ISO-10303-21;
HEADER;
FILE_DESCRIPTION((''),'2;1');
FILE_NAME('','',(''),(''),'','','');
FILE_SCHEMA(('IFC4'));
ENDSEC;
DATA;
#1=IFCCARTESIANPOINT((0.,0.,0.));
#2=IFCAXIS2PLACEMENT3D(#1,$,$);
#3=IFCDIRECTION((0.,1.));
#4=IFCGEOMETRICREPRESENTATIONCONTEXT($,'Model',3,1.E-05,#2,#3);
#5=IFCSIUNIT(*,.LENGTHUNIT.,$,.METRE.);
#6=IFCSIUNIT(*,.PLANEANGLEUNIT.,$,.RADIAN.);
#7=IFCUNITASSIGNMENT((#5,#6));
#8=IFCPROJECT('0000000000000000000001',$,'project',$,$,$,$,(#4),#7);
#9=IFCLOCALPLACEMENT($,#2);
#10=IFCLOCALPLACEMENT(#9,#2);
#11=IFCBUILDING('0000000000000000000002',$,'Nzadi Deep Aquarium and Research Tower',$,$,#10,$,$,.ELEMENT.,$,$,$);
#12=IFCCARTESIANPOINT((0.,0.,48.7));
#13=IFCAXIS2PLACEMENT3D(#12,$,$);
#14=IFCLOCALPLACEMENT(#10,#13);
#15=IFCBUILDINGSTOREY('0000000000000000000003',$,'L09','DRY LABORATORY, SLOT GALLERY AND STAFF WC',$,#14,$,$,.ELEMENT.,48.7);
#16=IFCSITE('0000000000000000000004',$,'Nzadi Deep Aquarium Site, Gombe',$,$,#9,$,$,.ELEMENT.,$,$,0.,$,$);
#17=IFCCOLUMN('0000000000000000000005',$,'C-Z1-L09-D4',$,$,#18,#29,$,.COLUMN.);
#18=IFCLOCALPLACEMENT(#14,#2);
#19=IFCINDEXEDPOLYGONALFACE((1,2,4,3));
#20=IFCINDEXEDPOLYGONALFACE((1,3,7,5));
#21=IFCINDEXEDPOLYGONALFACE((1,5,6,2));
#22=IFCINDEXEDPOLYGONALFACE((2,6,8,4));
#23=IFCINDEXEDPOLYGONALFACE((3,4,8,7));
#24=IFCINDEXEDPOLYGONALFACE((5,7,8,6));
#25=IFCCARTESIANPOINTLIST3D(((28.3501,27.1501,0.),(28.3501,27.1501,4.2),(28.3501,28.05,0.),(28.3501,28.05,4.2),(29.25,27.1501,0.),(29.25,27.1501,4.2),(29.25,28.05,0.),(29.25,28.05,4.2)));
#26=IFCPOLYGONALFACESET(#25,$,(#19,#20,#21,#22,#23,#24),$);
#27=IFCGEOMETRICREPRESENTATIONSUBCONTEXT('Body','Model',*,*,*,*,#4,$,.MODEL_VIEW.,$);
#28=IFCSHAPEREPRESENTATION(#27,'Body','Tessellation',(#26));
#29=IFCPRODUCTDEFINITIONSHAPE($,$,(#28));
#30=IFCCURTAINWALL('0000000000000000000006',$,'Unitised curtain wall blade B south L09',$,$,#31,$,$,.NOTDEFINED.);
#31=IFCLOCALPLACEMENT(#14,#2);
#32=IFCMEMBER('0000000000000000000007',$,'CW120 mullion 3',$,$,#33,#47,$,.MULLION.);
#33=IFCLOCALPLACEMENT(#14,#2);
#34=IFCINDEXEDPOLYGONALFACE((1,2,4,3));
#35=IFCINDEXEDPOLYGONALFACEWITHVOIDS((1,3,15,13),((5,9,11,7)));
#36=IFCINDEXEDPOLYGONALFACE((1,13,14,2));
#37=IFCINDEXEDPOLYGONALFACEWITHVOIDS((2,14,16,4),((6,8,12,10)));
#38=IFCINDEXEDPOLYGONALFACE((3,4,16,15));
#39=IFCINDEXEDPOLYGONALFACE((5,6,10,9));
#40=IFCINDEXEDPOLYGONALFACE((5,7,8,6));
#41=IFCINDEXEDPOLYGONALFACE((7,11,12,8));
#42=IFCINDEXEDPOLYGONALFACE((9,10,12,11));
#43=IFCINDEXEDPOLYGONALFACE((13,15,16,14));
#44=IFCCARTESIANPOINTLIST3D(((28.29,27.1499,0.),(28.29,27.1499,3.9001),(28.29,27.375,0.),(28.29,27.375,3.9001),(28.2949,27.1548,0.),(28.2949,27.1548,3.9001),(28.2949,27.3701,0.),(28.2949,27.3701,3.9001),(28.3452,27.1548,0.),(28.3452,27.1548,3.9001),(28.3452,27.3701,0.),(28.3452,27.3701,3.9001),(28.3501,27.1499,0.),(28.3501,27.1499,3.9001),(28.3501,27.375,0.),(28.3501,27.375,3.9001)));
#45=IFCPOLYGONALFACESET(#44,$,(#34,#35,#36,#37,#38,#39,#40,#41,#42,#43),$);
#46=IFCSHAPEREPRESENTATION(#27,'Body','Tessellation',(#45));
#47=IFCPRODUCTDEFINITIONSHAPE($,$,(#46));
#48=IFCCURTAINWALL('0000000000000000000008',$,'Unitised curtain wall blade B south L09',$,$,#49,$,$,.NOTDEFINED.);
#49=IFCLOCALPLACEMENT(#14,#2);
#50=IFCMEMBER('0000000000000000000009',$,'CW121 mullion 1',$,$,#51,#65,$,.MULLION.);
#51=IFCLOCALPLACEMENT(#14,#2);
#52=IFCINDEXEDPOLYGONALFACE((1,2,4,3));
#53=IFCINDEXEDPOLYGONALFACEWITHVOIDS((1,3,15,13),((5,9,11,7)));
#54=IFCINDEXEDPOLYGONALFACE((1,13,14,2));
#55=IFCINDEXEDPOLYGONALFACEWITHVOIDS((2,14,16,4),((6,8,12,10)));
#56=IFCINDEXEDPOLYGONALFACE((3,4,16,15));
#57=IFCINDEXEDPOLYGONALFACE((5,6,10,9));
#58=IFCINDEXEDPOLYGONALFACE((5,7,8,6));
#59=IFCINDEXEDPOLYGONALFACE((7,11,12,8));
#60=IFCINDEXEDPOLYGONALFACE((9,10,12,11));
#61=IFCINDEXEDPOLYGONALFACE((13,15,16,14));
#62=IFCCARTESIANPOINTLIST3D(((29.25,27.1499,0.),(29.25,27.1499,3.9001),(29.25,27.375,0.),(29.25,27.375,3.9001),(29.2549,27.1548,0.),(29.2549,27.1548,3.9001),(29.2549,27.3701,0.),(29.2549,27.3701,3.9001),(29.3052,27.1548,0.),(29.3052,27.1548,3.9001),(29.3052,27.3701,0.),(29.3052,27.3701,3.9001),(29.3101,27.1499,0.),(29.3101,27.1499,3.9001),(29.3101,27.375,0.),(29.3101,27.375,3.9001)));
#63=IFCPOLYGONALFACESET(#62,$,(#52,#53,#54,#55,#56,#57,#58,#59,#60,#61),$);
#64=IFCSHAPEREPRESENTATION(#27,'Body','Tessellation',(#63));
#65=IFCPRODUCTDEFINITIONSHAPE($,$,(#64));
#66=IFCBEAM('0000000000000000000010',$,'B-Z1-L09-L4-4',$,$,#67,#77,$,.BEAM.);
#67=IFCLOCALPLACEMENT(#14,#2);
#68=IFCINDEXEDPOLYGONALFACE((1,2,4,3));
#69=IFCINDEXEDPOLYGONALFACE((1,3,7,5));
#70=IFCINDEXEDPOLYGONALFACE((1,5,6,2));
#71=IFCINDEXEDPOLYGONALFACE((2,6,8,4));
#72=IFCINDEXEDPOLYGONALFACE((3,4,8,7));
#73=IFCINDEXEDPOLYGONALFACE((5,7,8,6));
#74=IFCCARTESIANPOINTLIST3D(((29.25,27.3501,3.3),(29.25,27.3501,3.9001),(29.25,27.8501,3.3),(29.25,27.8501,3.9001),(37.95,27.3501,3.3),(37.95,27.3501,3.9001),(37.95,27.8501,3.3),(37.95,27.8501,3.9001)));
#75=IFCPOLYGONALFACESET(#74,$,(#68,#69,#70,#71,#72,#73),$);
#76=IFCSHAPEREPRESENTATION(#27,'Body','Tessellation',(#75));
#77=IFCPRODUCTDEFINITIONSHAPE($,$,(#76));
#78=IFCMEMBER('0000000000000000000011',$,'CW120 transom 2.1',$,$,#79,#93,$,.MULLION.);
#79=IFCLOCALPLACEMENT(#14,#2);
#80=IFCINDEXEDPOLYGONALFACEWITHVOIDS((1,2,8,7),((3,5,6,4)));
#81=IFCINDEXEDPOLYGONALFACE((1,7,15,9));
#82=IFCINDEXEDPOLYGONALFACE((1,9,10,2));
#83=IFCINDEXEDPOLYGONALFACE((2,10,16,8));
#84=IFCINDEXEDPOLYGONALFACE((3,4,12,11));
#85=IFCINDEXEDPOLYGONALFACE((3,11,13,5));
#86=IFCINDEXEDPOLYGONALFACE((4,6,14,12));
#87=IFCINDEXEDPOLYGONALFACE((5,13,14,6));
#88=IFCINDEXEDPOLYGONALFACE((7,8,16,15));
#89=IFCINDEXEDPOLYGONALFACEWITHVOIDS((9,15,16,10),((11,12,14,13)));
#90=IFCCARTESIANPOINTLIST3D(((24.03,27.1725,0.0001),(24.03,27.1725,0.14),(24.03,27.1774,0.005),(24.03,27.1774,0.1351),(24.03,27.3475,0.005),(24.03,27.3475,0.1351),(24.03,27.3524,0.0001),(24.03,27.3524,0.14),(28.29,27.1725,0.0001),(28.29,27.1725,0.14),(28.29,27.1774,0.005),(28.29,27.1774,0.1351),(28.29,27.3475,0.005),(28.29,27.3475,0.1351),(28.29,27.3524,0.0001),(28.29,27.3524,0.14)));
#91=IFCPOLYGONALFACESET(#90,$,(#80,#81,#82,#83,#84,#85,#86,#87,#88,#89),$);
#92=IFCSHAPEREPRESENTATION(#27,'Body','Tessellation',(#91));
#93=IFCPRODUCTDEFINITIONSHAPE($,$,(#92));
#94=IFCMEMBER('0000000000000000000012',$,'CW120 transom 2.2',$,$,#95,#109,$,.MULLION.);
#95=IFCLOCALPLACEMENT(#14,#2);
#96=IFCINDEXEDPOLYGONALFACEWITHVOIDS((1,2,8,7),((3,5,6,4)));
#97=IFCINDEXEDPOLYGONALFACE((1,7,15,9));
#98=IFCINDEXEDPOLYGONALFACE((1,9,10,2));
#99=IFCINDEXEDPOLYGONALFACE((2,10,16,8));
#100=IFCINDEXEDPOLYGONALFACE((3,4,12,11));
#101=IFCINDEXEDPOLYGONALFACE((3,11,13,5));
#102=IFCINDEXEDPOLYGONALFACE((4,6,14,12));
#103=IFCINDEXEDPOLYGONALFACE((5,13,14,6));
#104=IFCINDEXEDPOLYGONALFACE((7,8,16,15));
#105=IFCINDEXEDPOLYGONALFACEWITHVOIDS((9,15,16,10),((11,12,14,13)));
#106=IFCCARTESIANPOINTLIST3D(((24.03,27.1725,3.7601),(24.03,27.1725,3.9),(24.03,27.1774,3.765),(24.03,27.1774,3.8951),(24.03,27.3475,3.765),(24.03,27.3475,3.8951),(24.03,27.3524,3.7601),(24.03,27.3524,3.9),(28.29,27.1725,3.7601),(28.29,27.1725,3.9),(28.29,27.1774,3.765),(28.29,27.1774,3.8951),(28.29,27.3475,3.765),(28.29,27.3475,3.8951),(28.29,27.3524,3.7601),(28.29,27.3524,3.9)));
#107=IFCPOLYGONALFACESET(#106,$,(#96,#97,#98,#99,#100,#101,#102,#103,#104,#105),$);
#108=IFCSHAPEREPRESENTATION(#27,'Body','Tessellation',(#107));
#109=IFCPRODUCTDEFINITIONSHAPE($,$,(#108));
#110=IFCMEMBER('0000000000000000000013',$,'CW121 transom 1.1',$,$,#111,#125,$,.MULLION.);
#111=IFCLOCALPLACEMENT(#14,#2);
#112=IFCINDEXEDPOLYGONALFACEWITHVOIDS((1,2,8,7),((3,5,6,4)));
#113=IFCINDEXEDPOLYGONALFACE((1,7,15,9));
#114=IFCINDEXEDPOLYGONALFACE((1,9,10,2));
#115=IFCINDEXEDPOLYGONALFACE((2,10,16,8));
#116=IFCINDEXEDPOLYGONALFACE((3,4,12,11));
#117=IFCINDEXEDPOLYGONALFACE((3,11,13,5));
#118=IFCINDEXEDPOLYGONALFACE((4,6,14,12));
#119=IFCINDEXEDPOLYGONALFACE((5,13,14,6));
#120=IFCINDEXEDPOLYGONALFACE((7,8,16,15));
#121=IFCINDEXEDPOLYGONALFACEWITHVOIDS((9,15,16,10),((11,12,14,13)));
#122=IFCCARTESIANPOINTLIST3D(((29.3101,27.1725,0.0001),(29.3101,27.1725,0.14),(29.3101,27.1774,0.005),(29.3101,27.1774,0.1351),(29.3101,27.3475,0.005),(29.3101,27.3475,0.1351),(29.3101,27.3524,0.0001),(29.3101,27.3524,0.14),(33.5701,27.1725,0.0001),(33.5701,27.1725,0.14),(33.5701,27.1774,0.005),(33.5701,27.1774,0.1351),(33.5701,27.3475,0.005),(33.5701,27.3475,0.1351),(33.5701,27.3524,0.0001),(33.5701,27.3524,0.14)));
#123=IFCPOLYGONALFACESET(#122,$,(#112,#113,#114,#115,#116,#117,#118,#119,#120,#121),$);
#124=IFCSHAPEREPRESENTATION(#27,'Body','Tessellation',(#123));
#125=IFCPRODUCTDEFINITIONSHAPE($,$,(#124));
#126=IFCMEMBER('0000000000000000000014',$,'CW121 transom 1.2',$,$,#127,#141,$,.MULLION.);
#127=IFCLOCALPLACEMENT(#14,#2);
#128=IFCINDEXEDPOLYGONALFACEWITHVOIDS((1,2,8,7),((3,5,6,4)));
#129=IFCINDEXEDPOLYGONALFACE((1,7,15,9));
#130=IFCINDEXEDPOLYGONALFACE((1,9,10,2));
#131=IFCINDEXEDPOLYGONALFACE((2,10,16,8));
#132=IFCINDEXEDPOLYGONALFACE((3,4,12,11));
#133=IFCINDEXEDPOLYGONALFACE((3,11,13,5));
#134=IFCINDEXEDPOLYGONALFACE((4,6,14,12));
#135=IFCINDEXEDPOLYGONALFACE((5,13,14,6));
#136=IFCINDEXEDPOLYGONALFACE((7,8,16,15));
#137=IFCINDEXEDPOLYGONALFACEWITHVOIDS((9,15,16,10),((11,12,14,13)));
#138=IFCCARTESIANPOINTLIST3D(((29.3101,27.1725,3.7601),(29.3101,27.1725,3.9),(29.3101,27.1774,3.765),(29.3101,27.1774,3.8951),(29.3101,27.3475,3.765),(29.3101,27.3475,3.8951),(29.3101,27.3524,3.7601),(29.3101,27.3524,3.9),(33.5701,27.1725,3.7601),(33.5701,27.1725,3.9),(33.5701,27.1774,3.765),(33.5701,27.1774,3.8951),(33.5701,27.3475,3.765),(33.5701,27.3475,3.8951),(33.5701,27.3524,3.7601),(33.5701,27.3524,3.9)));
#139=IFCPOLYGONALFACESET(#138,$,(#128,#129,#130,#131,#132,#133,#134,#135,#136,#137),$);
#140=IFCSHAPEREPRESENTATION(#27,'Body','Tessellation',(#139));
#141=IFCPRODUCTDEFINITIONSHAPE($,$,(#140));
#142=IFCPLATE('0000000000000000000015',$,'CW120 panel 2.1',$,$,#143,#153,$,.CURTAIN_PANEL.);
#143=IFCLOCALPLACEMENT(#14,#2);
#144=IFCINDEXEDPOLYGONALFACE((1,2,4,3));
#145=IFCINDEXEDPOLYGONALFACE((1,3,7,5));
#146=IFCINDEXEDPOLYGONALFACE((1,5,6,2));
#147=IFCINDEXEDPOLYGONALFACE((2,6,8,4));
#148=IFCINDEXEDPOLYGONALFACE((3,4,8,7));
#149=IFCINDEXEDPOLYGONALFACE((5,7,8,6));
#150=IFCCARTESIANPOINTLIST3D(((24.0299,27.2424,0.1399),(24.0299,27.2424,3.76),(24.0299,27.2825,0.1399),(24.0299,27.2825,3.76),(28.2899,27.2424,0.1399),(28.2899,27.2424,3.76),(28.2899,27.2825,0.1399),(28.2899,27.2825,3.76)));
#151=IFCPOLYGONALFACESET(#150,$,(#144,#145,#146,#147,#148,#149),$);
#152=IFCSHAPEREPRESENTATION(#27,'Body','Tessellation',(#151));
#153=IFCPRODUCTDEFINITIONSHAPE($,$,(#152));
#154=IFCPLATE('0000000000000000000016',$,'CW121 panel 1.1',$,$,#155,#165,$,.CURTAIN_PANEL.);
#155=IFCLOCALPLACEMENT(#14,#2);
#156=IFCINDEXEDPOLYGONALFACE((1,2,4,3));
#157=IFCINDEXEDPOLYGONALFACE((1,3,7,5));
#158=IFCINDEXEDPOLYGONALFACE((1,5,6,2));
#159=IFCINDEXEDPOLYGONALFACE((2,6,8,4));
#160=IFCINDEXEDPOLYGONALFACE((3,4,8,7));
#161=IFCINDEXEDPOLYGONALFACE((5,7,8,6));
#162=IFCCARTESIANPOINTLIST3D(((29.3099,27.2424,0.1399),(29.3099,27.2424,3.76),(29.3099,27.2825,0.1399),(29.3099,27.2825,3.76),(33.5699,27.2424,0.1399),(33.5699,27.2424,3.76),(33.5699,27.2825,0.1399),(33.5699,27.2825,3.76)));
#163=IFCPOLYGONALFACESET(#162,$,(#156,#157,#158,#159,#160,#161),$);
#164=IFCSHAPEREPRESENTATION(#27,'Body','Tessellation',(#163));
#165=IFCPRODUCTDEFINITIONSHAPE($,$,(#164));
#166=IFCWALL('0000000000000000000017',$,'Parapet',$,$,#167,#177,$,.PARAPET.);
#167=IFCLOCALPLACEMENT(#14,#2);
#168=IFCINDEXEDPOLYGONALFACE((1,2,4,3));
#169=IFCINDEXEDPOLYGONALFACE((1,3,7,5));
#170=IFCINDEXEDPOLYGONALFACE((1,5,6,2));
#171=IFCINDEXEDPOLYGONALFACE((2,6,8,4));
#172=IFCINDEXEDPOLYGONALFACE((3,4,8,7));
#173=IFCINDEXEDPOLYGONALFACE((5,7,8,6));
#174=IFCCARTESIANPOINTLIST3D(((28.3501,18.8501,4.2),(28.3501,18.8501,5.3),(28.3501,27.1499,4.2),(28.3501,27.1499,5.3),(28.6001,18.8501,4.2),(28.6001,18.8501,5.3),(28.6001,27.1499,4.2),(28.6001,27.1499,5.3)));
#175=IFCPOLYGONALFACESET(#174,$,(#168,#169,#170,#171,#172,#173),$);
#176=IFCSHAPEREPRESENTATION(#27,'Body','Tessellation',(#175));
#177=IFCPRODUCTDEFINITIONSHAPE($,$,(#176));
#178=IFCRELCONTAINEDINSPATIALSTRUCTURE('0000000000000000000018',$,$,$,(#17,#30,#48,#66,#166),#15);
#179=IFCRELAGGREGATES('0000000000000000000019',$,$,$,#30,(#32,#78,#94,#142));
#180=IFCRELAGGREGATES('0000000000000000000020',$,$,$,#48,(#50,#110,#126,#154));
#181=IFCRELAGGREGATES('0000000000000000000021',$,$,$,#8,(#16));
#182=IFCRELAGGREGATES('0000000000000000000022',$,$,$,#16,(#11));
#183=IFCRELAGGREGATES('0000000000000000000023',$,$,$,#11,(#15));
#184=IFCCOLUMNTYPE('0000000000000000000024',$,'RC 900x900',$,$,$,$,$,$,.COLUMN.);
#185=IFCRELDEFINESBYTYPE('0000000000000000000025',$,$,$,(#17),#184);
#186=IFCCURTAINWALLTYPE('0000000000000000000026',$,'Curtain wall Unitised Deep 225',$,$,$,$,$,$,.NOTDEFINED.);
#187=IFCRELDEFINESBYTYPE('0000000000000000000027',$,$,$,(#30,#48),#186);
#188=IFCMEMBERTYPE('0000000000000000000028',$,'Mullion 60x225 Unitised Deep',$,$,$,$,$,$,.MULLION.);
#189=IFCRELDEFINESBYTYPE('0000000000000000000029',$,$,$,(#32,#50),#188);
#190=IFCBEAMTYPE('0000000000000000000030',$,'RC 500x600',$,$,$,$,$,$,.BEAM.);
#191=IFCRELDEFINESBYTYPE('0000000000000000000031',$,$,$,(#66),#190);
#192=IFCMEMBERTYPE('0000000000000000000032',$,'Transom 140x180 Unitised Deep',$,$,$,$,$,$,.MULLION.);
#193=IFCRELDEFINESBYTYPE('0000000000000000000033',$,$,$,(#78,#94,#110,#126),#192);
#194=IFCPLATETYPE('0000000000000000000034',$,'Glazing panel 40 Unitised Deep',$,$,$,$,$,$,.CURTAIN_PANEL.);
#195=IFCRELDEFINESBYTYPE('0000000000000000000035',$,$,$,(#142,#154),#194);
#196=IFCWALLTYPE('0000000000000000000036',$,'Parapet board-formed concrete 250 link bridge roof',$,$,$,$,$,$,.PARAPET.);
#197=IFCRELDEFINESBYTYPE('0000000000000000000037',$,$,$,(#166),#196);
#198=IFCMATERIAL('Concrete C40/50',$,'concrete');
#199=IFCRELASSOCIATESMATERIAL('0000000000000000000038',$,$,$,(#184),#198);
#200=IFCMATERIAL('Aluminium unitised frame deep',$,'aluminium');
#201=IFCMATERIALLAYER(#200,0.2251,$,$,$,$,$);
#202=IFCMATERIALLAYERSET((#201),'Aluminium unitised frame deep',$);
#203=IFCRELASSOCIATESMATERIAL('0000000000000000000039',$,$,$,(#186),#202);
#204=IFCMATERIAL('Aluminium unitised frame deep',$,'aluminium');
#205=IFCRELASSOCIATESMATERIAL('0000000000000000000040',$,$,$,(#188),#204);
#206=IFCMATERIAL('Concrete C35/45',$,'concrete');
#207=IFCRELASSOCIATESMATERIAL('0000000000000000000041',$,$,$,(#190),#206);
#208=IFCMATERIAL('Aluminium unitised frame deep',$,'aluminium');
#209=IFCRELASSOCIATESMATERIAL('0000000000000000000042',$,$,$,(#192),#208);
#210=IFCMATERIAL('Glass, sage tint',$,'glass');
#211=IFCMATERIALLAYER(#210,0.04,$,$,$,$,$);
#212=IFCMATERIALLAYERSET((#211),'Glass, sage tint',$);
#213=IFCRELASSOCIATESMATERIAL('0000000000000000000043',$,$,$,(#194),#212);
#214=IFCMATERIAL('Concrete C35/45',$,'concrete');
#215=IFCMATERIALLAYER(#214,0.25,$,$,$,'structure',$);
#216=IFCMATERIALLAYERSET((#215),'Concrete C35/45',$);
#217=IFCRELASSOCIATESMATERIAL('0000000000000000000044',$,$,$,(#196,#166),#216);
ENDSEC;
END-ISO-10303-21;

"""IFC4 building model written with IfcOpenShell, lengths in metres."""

from ifc_helpers import new_model, si_unit, direction, frame, frame_2d, origin, origin_2d, place, context, subcontext, project, spatial, rectangle, hollow_rectangle, extrude, material, layer, layer_set, layer_usage, material_profile, profile_set, type_object, element, aggregate, save


model = new_model("IFC4")

# Units and contexts
model_context = context("Model", 3, precision=1e-05, world=origin(), true_north=direction((0.0, 1.0)))
body_context = subcontext(model_context, "Body", "Model", "MODEL_VIEW")
ifc_project = project(units=[si_unit("LENGTHUNIT", "METRE"), si_unit("PLANEANGLEUNIT", "RADIAN")], contexts=[model_context])

# Site, building, storey
site_placement = place(None, origin())
site = spatial("IfcSite", under=ifc_project, at=site_placement, Name="Nzadi Deep Aquarium Site, Gombe", CompositionType="ELEMENT", RefElevation=0.0)
building_placement = place(site_placement, origin())
building = spatial("IfcBuilding", under=site, at=building_placement, Name="Nzadi Deep Aquarium and Research Tower", CompositionType="ELEMENT")
storey_placement = place(building_placement, frame((0.0, 0.0, 48.7)))
storey = spatial("IfcBuildingStorey", under=building, at=storey_placement, Name="L09", Description="DRY LABORATORY, SLOT GALLERY AND STAFF WC", CompositionType="ELEMENT", Elevation=48.7)

# Column
ifc_material_1 = material(Name="Concrete C40/50", Category="concrete")
ifc_material_profile_1 = material_profile(ifc_material_1, rectangle(XDim=0.8999, YDim=0.8999, at=origin_2d()))
ifc_profile_set_1 = profile_set([ifc_material_profile_1], Name="Concrete C40/50")
column_type = type_object("IfcColumnType", Name="RC 900x900", PredefinedType="COLUMN", material=ifc_profile_set_1)
column_placement = place(storey_placement, frame((28.8, 27.6001, 0.0), z_axis=(0.0, 0.0, 1.0), x_axis=(1.0, 0.0, 0.0)))
element("IfcColumn", 1, at=column_placement, inside=storey, type_object=column_type, Name="C-Z1-L09-D4", PredefinedType="COLUMN", context=body_context, shape_type="SweptSolid", body=[
    extrude(rectangle(XDim=0.8999, YDim=0.8999, at=origin_2d()), origin(), (0.0, 0.0, 1.0), 4.2),
])

# Curtain walls, members
ifc_material_2 = material(Name="Aluminium unitised frame deep", Category="aluminium")
ifc_layer_1 = layer(ifc_material_2, 0.2251)
ifc_layer_set_1 = layer_set([ifc_layer_1], Name="Aluminium unitised frame deep")
curtain_wall_type = type_object("IfcCurtainWallType", Name="Curtain wall Unitised Deep 225", PredefinedType="NOTDEFINED", material=ifc_layer_set_1)
curtain_wall_1_placement = place(storey_placement, origin())
curtain_wall_1 = element("IfcCurtainWall", 2, at=curtain_wall_1_placement, inside=storey, type_object=curtain_wall_type, Name="Unitised curtain wall blade B south L09", PredefinedType="NOTDEFINED")
ifc_material_3 = material(Name="Aluminium unitised frame deep", Category="aluminium")
ifc_material_profile_2 = material_profile(ifc_material_3, hollow_rectangle(XDim=0.2251, YDim=0.0601, WallThickness=0.0049, at=origin_2d()))
ifc_profile_set_2 = profile_set([ifc_material_profile_2], Name="Aluminium unitised frame deep")
member_type_1 = type_object("IfcMemberType", Name="Mullion 60x225 Unitised Deep", PredefinedType="MULLION", material=ifc_profile_set_2)
member_1_placement = place(storey_placement, frame((28.3201, 27.2625, 0.0), z_axis=(0.0, 0.0, 1.0), x_axis=(0.0, 1.0, 0.0)))
member_1 = element("IfcMember", 3, at=member_1_placement, type_object=member_type_1, Name="CW120 mullion 3", PredefinedType="MULLION", context=body_context, shape_type="SweptSolid", body=[
    extrude(hollow_rectangle(XDim=0.2251, YDim=0.0601, WallThickness=0.0049, at=origin_2d()), origin(), (0.0, 0.0, 1.0), 3.9001),
])
curtain_wall_2_placement = place(storey_placement, origin())
curtain_wall_2 = element("IfcCurtainWall", 4, at=curtain_wall_2_placement, inside=storey, type_object=curtain_wall_type, Name="Unitised curtain wall blade B south L09", PredefinedType="NOTDEFINED")
member_2_placement = place(storey_placement, frame((29.28, 27.2625, 0.0), z_axis=(0.0, 0.0, 1.0), x_axis=(0.0, 1.0, 0.0)))
member_2 = element("IfcMember", 5, at=member_2_placement, type_object=member_type_1, Name="CW121 mullion 1", PredefinedType="MULLION", context=body_context, shape_type="SweptSolid", body=[
    extrude(hollow_rectangle(XDim=0.2251, YDim=0.0601, WallThickness=0.0049, at=origin_2d()), origin(), (0.0, 0.0, 1.0), 3.9001),
])

# Beam
ifc_material_4 = material(Name="Concrete C35/45", Category="concrete")
ifc_material_profile_3 = material_profile(ifc_material_4, rectangle(XDim=0.5, YDim=0.6001, at=origin_2d()))
ifc_profile_set_3 = profile_set([ifc_material_profile_3], Name="Concrete C35/45")
beam_type = type_object("IfcBeamType", Name="RC 500x600", PredefinedType="BEAM", material=ifc_profile_set_3)
beam_placement = place(storey_placement, frame((29.25, 27.6001, 3.6001), z_axis=(1.0, 0.0, 0.0), x_axis=(0.0, 1.0, 0.0)))
element("IfcBeam", 6, at=beam_placement, inside=storey, type_object=beam_type, Name="B-Z1-L09-L4-4", PredefinedType="BEAM", context=body_context, shape_type="SweptSolid", body=[
    extrude(rectangle(XDim=0.5, YDim=0.6001, at=origin_2d()), origin(), (0.0, 0.0, 1.0), 8.7),
])

# Members
ifc_material_5 = material(Name="Aluminium unitised frame deep", Category="aluminium")
ifc_material_profile_4 = material_profile(ifc_material_5, hollow_rectangle(XDim=0.1799, YDim=0.1399, WallThickness=0.0049, at=origin_2d()))
ifc_profile_set_4 = profile_set([ifc_material_profile_4], Name="Aluminium unitised frame deep")
member_type_2 = type_object("IfcMemberType", Name="Transom 140x180 Unitised Deep", PredefinedType="MULLION", material=ifc_profile_set_4)
member_3_placement = place(storey_placement, frame((24.03, 27.2625, 0.0701), z_axis=(1.0, 0.0, 0.0), x_axis=(0.0, 1.0, 0.0)))
member_3 = element("IfcMember", 7, at=member_3_placement, type_object=member_type_2, Name="CW120 transom 2.1", PredefinedType="MULLION", context=body_context, shape_type="SweptSolid", body=[
    extrude(hollow_rectangle(XDim=0.1799, YDim=0.1399, WallThickness=0.0049, at=origin_2d()), origin(), (0.0, 0.0, 1.0), 4.26),
])
member_4_placement = place(storey_placement, frame((24.03, 27.2625, 3.8301), z_axis=(1.0, 0.0, 0.0), x_axis=(0.0, 1.0, 0.0)))
member_4 = element("IfcMember", 8, at=member_4_placement, type_object=member_type_2, Name="CW120 transom 2.2", PredefinedType="MULLION", context=body_context, shape_type="SweptSolid", body=[
    extrude(hollow_rectangle(XDim=0.1799, YDim=0.1399, WallThickness=0.0049, at=origin_2d()), origin(), (0.0, 0.0, 1.0), 4.26),
])
member_5_placement = place(storey_placement, frame((29.3101, 27.2625, 0.0701), z_axis=(1.0, 0.0, 0.0), x_axis=(0.0, 1.0, 0.0)))
member_5 = element("IfcMember", 9, at=member_5_placement, type_object=member_type_2, Name="CW121 transom 1.1", PredefinedType="MULLION", context=body_context, shape_type="SweptSolid", body=[
    extrude(hollow_rectangle(XDim=0.1799, YDim=0.1399, WallThickness=0.0049, at=origin_2d()), origin(), (0.0, 0.0, 1.0), 4.26),
])
member_6_placement = place(storey_placement, frame((29.3101, 27.2625, 3.8301), z_axis=(1.0, 0.0, 0.0), x_axis=(0.0, 1.0, 0.0)))
member_6 = element("IfcMember", 10, at=member_6_placement, type_object=member_type_2, Name="CW121 transom 1.2", PredefinedType="MULLION", context=body_context, shape_type="SweptSolid", body=[
    extrude(hollow_rectangle(XDim=0.1799, YDim=0.1399, WallThickness=0.0049, at=origin_2d()), origin(), (0.0, 0.0, 1.0), 4.26),
])

# Plates
ifc_material_6 = material(Name="Glass, sage tint", Category="glass")
ifc_layer_2 = layer(ifc_material_6, 0.04)
ifc_layer_set_2 = layer_set([ifc_layer_2], Name="Glass, sage tint")
plate_type = type_object("IfcPlateType", Name="Glazing panel 40 Unitised Deep", PredefinedType="CURTAIN_PANEL", material=ifc_layer_set_2)
plate_1_placement = place(storey_placement, frame((26.1599, 27.2625, 0.1399), z_axis=(0.0, 0.0, 1.0), x_axis=(1.0, 0.0, 0.0)))
plate_1 = element("IfcPlate", 11, at=plate_1_placement, type_object=plate_type, Name="CW120 panel 2.1", PredefinedType="CURTAIN_PANEL", context=body_context, shape_type="SweptSolid", body=[
    extrude(rectangle(XDim=4.26, YDim=0.04, at=origin_2d()), origin(), (0.0, 0.0, 1.0), 3.6201),
])
aggregate(curtain_wall_1, [member_1, member_3, member_4, plate_1])
plate_2_placement = place(storey_placement, frame((31.4399, 27.2625, 0.1399), z_axis=(0.0, 0.0, 1.0), x_axis=(1.0, 0.0, 0.0)))
plate_2 = element("IfcPlate", 12, at=plate_2_placement, type_object=plate_type, Name="CW121 panel 1.1", PredefinedType="CURTAIN_PANEL", context=body_context, shape_type="SweptSolid", body=[
    extrude(rectangle(XDim=4.26, YDim=0.04, at=origin_2d()), origin(), (0.0, 0.0, 1.0), 3.6201),
])
aggregate(curtain_wall_2, [member_2, member_5, member_6, plate_2])

# Wall
ifc_material_7 = material(Name="Concrete C35/45", Category="concrete")
ifc_layer_3 = layer(ifc_material_7, 0.25, Category="structure")
ifc_layer_set_3 = layer_set([ifc_layer_3], Name="Concrete C35/45")
ifc_layer_usage = layer_usage(ifc_layer_set_3, "AXIS2", "POSITIVE", -0.125)
wall_type_1 = type_object("IfcWallType", Name="Parapet board-formed concrete 250 link bridge roof", PredefinedType="PARAPET", material=ifc_layer_set_3)
wall_1_placement = place(storey_placement, frame((28.4751, 27.1499, 4.2), z_axis=(0.0, 0.0, 1.0), x_axis=(0.0, -1.0, 0.0)))
element("IfcWall", 13, at=wall_1_placement, inside=storey, type_object=wall_type_1, material=ifc_layer_usage, Name="Parapet", PredefinedType="PARAPET", context=body_context, shape_type="SweptSolid", body=[
    extrude(rectangle(XDim=8.2998, YDim=0.25, at=frame_2d((4.1499, 0.0))), origin(), (0.0, 0.0, 1.0), 1.1001),
])

save(model, "model.ifc")
